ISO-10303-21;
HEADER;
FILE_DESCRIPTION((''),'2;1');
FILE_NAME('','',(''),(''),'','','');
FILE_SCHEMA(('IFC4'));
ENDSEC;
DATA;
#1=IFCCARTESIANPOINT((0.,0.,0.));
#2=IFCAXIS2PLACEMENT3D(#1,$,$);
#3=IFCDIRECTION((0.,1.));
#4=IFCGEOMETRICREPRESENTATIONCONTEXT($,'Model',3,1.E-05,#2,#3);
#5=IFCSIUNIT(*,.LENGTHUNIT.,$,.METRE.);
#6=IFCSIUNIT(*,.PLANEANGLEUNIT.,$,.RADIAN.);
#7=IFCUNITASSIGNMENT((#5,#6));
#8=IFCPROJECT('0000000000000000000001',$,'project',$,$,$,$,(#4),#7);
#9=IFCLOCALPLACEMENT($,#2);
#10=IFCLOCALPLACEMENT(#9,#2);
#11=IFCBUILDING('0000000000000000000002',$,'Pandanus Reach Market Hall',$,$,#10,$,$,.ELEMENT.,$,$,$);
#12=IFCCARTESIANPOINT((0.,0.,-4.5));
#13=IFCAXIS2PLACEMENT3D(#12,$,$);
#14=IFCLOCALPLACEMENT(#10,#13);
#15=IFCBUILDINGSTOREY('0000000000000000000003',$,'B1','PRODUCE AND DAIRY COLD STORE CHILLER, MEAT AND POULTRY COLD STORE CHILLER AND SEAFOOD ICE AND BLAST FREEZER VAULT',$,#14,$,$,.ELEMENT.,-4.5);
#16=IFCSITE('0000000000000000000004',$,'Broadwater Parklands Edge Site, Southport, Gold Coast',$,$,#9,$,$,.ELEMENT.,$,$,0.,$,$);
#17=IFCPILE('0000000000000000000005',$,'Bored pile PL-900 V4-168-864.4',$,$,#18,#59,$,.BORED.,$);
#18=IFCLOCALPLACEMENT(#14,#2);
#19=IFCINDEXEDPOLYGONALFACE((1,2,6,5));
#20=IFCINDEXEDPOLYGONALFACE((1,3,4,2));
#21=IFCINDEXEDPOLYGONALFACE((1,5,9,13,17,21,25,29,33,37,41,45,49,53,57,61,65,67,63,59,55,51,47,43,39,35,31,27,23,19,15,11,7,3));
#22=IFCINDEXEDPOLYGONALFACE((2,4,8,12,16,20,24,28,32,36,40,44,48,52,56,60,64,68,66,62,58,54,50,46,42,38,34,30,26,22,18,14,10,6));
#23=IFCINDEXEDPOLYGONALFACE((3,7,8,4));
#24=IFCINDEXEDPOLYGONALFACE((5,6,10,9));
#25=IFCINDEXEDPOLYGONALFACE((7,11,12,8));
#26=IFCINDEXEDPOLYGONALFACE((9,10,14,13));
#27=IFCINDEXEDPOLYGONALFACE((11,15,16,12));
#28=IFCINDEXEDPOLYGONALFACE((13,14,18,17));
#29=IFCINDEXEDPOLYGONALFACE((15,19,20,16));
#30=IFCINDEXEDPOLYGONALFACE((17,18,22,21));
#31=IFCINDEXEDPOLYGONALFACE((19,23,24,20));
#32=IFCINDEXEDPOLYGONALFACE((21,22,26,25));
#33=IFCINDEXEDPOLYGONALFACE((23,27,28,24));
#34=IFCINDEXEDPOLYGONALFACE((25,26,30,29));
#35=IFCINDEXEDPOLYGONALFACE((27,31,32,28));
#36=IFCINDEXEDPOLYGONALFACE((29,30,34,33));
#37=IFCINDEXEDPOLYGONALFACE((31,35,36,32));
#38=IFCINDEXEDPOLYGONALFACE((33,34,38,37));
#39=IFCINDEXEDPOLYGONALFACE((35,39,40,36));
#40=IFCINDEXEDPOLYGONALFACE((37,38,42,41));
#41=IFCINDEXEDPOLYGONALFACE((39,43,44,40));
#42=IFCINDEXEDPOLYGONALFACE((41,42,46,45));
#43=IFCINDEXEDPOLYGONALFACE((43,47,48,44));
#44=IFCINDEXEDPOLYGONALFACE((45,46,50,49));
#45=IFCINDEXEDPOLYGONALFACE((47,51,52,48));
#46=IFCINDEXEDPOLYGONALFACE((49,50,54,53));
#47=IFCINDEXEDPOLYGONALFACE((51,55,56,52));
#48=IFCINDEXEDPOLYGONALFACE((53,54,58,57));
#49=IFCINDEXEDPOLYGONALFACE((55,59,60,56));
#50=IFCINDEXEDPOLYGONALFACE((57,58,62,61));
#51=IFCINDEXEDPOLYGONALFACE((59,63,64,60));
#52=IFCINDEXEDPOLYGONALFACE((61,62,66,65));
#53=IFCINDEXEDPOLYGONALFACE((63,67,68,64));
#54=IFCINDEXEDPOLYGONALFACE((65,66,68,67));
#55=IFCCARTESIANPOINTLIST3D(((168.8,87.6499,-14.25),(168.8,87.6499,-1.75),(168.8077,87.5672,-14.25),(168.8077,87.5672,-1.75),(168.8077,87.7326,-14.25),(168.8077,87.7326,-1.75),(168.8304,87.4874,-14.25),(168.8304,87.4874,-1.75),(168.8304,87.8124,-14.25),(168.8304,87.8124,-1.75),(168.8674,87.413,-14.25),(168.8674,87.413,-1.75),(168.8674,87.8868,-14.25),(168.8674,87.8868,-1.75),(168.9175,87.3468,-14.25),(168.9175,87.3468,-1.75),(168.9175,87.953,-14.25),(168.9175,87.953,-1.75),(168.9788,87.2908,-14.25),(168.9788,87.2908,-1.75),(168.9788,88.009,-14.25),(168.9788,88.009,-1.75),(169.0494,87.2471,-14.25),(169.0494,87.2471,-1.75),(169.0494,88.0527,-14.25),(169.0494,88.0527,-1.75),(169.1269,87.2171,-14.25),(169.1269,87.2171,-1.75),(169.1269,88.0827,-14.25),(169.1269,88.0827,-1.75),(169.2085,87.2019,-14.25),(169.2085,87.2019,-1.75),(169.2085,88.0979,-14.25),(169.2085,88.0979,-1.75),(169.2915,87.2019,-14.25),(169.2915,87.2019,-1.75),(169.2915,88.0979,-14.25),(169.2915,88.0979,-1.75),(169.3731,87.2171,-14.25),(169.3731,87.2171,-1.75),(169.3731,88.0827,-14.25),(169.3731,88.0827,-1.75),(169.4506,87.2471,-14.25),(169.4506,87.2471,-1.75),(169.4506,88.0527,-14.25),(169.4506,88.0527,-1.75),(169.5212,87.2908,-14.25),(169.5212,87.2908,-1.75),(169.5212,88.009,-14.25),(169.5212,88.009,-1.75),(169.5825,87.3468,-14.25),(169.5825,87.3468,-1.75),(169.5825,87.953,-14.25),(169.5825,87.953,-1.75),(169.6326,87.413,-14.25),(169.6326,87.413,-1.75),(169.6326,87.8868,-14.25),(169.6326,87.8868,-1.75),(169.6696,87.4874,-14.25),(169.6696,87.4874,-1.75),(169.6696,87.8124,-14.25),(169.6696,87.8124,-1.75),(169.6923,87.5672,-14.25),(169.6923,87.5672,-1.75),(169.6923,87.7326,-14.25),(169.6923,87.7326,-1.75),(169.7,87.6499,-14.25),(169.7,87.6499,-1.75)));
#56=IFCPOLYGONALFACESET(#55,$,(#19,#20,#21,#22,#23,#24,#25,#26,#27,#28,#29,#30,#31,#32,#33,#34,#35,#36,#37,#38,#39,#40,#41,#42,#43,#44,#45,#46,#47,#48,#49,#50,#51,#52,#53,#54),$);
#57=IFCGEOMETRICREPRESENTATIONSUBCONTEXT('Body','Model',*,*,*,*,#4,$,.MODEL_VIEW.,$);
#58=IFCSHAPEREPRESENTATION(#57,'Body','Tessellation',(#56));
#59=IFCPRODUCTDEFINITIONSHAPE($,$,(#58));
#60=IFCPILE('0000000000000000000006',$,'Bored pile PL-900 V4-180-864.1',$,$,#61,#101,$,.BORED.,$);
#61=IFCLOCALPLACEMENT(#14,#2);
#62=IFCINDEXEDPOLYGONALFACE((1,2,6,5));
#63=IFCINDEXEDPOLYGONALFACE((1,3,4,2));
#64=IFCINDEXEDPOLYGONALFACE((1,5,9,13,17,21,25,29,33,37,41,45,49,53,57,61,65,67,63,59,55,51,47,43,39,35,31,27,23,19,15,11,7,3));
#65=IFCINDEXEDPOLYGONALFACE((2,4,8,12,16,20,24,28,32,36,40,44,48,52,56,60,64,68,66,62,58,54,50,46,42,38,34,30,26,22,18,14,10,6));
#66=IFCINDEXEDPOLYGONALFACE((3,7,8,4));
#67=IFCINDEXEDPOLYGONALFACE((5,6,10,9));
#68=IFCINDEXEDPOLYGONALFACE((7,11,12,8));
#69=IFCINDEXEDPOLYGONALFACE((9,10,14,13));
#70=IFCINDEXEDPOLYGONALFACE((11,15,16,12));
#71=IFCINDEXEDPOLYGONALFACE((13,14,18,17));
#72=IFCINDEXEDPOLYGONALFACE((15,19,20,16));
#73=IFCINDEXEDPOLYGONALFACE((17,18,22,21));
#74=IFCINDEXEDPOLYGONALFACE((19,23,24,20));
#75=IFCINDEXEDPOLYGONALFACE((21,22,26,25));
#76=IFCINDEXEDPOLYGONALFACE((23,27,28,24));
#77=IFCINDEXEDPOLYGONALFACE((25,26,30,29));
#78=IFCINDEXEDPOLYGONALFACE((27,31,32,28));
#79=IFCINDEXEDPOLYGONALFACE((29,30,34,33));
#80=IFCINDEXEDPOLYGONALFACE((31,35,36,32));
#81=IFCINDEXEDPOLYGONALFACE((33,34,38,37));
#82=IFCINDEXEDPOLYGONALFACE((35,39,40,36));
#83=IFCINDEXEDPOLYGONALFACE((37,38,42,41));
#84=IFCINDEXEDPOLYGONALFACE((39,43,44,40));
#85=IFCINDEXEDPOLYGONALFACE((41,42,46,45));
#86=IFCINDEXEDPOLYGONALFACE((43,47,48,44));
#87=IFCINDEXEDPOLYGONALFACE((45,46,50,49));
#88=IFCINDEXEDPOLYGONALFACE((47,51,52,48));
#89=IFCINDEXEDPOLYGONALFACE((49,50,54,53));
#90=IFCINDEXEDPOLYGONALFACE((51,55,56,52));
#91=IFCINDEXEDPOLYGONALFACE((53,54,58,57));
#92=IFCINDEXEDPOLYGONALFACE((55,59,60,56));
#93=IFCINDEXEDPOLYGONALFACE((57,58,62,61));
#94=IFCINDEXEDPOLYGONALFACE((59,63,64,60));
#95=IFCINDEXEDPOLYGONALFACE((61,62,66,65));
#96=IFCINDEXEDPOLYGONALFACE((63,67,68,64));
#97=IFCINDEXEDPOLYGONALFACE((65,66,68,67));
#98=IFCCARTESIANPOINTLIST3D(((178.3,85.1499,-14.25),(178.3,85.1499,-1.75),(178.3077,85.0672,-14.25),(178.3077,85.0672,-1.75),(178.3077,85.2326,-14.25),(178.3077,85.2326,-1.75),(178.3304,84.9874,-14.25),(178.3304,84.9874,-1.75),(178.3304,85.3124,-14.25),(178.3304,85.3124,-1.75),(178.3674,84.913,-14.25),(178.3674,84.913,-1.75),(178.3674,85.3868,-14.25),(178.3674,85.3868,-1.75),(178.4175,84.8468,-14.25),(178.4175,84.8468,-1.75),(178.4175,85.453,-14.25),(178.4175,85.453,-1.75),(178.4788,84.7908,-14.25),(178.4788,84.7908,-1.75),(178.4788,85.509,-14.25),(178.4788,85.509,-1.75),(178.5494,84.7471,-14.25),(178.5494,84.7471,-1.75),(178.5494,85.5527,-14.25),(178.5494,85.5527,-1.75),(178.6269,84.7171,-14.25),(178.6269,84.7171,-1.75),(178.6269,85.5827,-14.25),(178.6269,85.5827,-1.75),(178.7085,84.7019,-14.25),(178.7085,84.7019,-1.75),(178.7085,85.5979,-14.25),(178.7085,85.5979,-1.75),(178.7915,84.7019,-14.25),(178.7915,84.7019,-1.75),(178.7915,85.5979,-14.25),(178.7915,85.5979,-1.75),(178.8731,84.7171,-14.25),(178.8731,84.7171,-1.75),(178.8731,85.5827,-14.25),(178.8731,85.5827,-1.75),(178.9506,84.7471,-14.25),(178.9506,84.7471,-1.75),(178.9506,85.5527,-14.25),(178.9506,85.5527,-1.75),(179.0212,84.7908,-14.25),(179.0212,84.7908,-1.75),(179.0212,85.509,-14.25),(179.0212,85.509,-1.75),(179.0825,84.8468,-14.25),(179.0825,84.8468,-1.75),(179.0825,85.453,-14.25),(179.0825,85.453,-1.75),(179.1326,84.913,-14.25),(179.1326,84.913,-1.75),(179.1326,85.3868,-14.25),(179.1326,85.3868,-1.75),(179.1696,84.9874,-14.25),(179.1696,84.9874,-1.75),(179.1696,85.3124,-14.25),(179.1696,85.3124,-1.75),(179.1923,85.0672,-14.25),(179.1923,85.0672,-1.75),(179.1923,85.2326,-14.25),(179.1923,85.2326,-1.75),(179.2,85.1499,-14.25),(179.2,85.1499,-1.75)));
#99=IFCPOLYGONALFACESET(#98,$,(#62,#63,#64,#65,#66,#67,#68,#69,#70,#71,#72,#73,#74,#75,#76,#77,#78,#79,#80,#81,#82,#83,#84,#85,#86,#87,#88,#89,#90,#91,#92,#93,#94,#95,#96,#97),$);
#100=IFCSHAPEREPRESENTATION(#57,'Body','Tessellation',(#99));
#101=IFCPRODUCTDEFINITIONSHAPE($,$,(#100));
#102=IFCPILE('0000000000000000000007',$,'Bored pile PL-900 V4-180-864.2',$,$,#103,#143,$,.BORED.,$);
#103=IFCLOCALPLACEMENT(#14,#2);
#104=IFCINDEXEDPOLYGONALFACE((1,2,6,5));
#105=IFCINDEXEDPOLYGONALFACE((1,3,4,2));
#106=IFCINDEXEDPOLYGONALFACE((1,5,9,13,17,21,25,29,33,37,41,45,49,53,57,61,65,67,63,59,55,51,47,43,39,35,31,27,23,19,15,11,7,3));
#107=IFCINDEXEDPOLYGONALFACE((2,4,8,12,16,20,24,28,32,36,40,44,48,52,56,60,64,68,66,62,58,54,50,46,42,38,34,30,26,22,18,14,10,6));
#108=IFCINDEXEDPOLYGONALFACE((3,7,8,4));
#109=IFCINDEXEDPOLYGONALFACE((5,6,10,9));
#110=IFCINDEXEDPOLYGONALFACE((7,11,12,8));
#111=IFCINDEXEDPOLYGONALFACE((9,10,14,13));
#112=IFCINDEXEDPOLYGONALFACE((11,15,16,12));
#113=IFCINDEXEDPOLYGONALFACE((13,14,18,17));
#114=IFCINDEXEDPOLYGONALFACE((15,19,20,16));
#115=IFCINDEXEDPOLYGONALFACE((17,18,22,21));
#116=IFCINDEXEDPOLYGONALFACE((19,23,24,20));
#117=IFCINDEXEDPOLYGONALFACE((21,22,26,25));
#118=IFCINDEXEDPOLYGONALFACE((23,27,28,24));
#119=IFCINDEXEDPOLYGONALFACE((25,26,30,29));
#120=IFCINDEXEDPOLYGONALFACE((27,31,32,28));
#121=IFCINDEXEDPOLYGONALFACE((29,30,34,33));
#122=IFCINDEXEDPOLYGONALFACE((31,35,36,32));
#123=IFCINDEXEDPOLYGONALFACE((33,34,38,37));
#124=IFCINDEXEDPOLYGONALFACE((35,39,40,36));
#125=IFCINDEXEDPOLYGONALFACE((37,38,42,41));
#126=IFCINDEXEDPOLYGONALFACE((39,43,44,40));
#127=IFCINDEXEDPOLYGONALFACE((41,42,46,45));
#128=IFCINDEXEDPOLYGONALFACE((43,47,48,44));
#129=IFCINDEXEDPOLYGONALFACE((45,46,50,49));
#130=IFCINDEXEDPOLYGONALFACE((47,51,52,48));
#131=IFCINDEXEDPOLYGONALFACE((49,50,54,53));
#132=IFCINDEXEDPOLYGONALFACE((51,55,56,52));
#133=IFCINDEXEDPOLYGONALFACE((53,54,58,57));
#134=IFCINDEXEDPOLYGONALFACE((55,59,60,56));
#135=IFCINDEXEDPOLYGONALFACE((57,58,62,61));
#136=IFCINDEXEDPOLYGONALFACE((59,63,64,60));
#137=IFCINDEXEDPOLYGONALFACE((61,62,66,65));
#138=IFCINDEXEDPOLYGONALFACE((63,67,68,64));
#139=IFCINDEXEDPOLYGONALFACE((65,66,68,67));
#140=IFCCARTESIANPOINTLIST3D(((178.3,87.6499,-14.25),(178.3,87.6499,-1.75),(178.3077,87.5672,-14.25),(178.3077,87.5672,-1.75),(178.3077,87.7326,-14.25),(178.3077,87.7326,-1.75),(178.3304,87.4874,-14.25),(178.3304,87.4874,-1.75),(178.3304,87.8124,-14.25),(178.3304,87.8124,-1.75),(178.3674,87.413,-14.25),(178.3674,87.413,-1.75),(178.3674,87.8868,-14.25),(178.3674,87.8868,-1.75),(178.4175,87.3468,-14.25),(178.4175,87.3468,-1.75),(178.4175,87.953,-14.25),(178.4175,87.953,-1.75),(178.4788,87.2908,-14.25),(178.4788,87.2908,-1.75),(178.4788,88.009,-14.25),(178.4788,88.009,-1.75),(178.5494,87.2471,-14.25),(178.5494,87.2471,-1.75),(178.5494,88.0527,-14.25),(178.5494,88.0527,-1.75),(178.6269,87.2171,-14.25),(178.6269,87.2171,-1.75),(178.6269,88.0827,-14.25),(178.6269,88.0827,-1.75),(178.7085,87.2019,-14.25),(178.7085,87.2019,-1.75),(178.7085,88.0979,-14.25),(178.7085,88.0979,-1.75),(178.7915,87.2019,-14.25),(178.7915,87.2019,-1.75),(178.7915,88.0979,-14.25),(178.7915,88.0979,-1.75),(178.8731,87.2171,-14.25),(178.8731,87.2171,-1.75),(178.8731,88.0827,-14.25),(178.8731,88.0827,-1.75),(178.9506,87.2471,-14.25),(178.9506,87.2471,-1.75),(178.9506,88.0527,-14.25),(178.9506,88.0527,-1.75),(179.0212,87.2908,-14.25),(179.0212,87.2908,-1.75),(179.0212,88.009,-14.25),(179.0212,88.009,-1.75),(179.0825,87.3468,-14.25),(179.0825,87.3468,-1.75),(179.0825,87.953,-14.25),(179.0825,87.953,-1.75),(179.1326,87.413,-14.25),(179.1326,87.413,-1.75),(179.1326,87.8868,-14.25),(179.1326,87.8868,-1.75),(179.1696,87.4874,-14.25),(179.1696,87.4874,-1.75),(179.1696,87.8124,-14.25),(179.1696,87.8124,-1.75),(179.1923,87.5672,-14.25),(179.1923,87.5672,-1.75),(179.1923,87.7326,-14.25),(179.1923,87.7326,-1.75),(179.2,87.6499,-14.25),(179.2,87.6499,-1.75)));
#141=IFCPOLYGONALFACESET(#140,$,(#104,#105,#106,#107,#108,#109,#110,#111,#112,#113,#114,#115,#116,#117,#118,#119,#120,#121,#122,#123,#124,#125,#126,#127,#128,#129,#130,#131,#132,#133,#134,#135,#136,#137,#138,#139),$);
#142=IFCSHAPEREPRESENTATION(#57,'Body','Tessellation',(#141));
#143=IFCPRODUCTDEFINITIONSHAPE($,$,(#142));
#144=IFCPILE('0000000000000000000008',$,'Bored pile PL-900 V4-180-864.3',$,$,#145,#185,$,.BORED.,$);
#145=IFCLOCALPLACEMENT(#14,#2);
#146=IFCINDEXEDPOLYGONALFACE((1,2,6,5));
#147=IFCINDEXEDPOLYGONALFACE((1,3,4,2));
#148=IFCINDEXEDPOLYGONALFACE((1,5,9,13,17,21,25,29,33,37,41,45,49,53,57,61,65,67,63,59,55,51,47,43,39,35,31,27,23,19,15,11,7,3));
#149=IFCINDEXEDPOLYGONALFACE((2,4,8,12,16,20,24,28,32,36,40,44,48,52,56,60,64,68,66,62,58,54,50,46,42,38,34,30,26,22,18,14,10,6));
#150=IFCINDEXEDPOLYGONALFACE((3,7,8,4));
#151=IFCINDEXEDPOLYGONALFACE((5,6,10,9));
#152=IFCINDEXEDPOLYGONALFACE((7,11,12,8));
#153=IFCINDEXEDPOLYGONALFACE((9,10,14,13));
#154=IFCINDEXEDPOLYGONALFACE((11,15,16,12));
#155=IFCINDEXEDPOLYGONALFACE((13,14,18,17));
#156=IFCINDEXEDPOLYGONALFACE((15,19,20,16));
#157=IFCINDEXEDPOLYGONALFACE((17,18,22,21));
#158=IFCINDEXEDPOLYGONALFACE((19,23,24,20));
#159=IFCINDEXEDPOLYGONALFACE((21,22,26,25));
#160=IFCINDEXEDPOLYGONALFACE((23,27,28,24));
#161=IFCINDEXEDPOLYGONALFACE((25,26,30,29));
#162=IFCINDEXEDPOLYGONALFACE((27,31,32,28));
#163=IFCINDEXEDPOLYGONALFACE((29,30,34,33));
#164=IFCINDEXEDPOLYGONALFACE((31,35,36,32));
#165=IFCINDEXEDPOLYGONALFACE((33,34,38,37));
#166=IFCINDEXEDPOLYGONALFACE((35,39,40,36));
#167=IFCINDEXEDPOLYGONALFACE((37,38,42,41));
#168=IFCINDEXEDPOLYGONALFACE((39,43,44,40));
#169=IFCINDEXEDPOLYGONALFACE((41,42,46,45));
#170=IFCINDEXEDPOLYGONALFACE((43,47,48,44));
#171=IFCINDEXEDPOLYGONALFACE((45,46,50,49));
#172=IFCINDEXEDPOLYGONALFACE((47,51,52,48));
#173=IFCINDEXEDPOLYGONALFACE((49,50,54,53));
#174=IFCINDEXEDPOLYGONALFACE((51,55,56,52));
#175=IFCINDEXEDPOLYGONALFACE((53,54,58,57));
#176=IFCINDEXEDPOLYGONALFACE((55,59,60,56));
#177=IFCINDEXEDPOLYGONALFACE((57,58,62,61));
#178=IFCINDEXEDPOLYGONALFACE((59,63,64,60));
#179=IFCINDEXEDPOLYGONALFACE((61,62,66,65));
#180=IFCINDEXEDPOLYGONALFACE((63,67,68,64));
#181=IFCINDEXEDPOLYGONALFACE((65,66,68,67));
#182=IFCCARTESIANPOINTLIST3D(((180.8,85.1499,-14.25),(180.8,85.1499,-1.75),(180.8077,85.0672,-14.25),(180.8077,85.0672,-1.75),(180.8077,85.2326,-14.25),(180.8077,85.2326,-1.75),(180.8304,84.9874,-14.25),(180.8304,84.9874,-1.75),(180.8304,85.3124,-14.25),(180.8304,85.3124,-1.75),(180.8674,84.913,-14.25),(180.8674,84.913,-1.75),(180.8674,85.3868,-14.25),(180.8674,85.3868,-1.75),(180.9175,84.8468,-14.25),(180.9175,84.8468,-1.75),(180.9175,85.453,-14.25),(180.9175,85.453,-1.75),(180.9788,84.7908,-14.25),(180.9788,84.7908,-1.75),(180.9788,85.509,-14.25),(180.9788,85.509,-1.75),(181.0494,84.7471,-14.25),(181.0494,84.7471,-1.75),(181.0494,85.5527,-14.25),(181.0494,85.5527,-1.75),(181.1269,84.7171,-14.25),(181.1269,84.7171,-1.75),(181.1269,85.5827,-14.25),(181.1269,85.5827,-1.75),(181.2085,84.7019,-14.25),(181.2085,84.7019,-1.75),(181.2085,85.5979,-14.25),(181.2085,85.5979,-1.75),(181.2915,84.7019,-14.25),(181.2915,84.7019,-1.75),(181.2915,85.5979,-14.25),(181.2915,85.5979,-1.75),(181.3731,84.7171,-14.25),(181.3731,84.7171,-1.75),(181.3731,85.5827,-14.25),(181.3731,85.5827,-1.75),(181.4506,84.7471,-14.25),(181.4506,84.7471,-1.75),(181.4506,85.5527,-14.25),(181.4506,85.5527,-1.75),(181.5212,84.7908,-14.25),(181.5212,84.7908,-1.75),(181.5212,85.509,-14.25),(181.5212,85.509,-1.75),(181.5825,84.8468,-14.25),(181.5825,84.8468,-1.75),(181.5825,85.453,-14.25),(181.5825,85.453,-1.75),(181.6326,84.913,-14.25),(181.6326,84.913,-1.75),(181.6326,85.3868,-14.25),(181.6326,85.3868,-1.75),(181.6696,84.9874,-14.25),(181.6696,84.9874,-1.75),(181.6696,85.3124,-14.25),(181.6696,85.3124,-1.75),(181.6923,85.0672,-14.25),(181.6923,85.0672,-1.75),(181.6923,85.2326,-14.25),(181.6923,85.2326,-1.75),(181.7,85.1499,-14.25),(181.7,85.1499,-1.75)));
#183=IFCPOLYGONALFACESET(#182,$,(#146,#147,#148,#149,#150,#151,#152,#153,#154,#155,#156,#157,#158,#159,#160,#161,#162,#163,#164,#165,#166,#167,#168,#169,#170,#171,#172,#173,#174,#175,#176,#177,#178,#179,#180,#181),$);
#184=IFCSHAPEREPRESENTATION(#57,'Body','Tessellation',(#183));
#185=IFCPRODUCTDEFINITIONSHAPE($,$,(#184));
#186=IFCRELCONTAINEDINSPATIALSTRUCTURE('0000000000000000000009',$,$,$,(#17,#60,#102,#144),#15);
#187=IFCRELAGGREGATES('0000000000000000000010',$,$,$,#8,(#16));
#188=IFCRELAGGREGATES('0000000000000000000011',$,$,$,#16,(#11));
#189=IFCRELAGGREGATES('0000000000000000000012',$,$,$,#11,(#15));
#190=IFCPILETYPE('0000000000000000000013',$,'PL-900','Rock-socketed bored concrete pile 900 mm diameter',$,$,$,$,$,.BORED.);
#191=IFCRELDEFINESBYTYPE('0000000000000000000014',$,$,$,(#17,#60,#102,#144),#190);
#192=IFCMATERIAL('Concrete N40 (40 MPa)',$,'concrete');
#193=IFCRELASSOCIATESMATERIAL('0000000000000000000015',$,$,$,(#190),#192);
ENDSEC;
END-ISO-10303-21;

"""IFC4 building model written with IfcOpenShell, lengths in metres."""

from ifc_helpers import new_model, si_unit, direction, frame, origin, origin_2d, place, context, subcontext, project, spatial, circle, extrude, material, material_profile, profile_set, type_object, element, save


model = new_model("IFC4")

# Units and contexts
model_context = context("Model", 3, precision=1e-05, world=origin(), true_north=direction((0.0, 1.0)))
body_context = subcontext(model_context, "Body", "Model", "MODEL_VIEW")
ifc_project = project(units=[si_unit("LENGTHUNIT", "METRE"), si_unit("PLANEANGLEUNIT", "RADIAN")], contexts=[model_context])

# Site, building, storey
site_placement = place(None, origin())
site = spatial("IfcSite", under=ifc_project, at=site_placement, Name="Broadwater Parklands Edge Site, Southport, Gold Coast", CompositionType="ELEMENT", RefElevation=0.0)
building_placement = place(site_placement, origin())
building = spatial("IfcBuilding", under=site, at=building_placement, Name="Pandanus Reach Market Hall", CompositionType="ELEMENT")
storey_placement = place(building_placement, frame((0.0, 0.0, -4.5)))
storey = spatial("IfcBuildingStorey", under=building, at=storey_placement, Name="B1", Description="PRODUCE AND DAIRY COLD STORE CHILLER, MEAT AND POULTRY COLD STORE CHILLER AND SEAFOOD ICE AND BLAST FREEZER VAULT", CompositionType="ELEMENT", Elevation=-4.5)

# Shared definitions
ifc_material_1 = material(Name="Concrete N40 (40 MPa)", Category="concrete")

# Piles
ifc_material_profile_1 = material_profile(ifc_material_1, circle(Radius=0.45, at=origin_2d()), Name="PILE-900D", Category="LoadBearing")
ifc_profile_set_1 = profile_set([ifc_material_profile_1], Name="Concrete N40 (40 MPa)")
pile_type_1 = type_object("IfcPileType", Name="PL-900", Description="Rock-socketed bored concrete pile 900 mm diameter", PredefinedType="BORED", material=ifc_profile_set_1)
for number, where, z_axis, x_axis, name in (
    (1, (169.25, 87.6499, -1.75), (0.0, 0.0, -1.0), (1.0, 0.0, 0.0), "Bored pile PL-900 V4-168-864.4"),
    (2, (178.75, 85.1499, -1.75), (0.0, 0.0, -1.0), (1.0, 0.0, 0.0), "Bored pile PL-900 V4-180-864.1"),
    (3, (178.75, 87.6499, -1.75), (0.0, 0.0, -1.0), (1.0, 0.0, 0.0), "Bored pile PL-900 V4-180-864.2"),
    (4, (181.25, 85.1499, -1.75), (0.0, 0.0, -1.0), (1.0, 0.0, 0.0), "Bored pile PL-900 V4-180-864.3"),
):
    element("IfcPile", number, at=place(storey_placement, frame(where, z_axis=z_axis, x_axis=x_axis)), inside=storey, type_object=pile_type_1, Name=name, PredefinedType="BORED", context=body_context, shape_type="SweptSolid", body=[
        extrude(circle(Radius=0.45, at=origin_2d()), origin(), (0.0, 0.0, 1.0), 12.5),
    ])

save(model, "model.ifc")
